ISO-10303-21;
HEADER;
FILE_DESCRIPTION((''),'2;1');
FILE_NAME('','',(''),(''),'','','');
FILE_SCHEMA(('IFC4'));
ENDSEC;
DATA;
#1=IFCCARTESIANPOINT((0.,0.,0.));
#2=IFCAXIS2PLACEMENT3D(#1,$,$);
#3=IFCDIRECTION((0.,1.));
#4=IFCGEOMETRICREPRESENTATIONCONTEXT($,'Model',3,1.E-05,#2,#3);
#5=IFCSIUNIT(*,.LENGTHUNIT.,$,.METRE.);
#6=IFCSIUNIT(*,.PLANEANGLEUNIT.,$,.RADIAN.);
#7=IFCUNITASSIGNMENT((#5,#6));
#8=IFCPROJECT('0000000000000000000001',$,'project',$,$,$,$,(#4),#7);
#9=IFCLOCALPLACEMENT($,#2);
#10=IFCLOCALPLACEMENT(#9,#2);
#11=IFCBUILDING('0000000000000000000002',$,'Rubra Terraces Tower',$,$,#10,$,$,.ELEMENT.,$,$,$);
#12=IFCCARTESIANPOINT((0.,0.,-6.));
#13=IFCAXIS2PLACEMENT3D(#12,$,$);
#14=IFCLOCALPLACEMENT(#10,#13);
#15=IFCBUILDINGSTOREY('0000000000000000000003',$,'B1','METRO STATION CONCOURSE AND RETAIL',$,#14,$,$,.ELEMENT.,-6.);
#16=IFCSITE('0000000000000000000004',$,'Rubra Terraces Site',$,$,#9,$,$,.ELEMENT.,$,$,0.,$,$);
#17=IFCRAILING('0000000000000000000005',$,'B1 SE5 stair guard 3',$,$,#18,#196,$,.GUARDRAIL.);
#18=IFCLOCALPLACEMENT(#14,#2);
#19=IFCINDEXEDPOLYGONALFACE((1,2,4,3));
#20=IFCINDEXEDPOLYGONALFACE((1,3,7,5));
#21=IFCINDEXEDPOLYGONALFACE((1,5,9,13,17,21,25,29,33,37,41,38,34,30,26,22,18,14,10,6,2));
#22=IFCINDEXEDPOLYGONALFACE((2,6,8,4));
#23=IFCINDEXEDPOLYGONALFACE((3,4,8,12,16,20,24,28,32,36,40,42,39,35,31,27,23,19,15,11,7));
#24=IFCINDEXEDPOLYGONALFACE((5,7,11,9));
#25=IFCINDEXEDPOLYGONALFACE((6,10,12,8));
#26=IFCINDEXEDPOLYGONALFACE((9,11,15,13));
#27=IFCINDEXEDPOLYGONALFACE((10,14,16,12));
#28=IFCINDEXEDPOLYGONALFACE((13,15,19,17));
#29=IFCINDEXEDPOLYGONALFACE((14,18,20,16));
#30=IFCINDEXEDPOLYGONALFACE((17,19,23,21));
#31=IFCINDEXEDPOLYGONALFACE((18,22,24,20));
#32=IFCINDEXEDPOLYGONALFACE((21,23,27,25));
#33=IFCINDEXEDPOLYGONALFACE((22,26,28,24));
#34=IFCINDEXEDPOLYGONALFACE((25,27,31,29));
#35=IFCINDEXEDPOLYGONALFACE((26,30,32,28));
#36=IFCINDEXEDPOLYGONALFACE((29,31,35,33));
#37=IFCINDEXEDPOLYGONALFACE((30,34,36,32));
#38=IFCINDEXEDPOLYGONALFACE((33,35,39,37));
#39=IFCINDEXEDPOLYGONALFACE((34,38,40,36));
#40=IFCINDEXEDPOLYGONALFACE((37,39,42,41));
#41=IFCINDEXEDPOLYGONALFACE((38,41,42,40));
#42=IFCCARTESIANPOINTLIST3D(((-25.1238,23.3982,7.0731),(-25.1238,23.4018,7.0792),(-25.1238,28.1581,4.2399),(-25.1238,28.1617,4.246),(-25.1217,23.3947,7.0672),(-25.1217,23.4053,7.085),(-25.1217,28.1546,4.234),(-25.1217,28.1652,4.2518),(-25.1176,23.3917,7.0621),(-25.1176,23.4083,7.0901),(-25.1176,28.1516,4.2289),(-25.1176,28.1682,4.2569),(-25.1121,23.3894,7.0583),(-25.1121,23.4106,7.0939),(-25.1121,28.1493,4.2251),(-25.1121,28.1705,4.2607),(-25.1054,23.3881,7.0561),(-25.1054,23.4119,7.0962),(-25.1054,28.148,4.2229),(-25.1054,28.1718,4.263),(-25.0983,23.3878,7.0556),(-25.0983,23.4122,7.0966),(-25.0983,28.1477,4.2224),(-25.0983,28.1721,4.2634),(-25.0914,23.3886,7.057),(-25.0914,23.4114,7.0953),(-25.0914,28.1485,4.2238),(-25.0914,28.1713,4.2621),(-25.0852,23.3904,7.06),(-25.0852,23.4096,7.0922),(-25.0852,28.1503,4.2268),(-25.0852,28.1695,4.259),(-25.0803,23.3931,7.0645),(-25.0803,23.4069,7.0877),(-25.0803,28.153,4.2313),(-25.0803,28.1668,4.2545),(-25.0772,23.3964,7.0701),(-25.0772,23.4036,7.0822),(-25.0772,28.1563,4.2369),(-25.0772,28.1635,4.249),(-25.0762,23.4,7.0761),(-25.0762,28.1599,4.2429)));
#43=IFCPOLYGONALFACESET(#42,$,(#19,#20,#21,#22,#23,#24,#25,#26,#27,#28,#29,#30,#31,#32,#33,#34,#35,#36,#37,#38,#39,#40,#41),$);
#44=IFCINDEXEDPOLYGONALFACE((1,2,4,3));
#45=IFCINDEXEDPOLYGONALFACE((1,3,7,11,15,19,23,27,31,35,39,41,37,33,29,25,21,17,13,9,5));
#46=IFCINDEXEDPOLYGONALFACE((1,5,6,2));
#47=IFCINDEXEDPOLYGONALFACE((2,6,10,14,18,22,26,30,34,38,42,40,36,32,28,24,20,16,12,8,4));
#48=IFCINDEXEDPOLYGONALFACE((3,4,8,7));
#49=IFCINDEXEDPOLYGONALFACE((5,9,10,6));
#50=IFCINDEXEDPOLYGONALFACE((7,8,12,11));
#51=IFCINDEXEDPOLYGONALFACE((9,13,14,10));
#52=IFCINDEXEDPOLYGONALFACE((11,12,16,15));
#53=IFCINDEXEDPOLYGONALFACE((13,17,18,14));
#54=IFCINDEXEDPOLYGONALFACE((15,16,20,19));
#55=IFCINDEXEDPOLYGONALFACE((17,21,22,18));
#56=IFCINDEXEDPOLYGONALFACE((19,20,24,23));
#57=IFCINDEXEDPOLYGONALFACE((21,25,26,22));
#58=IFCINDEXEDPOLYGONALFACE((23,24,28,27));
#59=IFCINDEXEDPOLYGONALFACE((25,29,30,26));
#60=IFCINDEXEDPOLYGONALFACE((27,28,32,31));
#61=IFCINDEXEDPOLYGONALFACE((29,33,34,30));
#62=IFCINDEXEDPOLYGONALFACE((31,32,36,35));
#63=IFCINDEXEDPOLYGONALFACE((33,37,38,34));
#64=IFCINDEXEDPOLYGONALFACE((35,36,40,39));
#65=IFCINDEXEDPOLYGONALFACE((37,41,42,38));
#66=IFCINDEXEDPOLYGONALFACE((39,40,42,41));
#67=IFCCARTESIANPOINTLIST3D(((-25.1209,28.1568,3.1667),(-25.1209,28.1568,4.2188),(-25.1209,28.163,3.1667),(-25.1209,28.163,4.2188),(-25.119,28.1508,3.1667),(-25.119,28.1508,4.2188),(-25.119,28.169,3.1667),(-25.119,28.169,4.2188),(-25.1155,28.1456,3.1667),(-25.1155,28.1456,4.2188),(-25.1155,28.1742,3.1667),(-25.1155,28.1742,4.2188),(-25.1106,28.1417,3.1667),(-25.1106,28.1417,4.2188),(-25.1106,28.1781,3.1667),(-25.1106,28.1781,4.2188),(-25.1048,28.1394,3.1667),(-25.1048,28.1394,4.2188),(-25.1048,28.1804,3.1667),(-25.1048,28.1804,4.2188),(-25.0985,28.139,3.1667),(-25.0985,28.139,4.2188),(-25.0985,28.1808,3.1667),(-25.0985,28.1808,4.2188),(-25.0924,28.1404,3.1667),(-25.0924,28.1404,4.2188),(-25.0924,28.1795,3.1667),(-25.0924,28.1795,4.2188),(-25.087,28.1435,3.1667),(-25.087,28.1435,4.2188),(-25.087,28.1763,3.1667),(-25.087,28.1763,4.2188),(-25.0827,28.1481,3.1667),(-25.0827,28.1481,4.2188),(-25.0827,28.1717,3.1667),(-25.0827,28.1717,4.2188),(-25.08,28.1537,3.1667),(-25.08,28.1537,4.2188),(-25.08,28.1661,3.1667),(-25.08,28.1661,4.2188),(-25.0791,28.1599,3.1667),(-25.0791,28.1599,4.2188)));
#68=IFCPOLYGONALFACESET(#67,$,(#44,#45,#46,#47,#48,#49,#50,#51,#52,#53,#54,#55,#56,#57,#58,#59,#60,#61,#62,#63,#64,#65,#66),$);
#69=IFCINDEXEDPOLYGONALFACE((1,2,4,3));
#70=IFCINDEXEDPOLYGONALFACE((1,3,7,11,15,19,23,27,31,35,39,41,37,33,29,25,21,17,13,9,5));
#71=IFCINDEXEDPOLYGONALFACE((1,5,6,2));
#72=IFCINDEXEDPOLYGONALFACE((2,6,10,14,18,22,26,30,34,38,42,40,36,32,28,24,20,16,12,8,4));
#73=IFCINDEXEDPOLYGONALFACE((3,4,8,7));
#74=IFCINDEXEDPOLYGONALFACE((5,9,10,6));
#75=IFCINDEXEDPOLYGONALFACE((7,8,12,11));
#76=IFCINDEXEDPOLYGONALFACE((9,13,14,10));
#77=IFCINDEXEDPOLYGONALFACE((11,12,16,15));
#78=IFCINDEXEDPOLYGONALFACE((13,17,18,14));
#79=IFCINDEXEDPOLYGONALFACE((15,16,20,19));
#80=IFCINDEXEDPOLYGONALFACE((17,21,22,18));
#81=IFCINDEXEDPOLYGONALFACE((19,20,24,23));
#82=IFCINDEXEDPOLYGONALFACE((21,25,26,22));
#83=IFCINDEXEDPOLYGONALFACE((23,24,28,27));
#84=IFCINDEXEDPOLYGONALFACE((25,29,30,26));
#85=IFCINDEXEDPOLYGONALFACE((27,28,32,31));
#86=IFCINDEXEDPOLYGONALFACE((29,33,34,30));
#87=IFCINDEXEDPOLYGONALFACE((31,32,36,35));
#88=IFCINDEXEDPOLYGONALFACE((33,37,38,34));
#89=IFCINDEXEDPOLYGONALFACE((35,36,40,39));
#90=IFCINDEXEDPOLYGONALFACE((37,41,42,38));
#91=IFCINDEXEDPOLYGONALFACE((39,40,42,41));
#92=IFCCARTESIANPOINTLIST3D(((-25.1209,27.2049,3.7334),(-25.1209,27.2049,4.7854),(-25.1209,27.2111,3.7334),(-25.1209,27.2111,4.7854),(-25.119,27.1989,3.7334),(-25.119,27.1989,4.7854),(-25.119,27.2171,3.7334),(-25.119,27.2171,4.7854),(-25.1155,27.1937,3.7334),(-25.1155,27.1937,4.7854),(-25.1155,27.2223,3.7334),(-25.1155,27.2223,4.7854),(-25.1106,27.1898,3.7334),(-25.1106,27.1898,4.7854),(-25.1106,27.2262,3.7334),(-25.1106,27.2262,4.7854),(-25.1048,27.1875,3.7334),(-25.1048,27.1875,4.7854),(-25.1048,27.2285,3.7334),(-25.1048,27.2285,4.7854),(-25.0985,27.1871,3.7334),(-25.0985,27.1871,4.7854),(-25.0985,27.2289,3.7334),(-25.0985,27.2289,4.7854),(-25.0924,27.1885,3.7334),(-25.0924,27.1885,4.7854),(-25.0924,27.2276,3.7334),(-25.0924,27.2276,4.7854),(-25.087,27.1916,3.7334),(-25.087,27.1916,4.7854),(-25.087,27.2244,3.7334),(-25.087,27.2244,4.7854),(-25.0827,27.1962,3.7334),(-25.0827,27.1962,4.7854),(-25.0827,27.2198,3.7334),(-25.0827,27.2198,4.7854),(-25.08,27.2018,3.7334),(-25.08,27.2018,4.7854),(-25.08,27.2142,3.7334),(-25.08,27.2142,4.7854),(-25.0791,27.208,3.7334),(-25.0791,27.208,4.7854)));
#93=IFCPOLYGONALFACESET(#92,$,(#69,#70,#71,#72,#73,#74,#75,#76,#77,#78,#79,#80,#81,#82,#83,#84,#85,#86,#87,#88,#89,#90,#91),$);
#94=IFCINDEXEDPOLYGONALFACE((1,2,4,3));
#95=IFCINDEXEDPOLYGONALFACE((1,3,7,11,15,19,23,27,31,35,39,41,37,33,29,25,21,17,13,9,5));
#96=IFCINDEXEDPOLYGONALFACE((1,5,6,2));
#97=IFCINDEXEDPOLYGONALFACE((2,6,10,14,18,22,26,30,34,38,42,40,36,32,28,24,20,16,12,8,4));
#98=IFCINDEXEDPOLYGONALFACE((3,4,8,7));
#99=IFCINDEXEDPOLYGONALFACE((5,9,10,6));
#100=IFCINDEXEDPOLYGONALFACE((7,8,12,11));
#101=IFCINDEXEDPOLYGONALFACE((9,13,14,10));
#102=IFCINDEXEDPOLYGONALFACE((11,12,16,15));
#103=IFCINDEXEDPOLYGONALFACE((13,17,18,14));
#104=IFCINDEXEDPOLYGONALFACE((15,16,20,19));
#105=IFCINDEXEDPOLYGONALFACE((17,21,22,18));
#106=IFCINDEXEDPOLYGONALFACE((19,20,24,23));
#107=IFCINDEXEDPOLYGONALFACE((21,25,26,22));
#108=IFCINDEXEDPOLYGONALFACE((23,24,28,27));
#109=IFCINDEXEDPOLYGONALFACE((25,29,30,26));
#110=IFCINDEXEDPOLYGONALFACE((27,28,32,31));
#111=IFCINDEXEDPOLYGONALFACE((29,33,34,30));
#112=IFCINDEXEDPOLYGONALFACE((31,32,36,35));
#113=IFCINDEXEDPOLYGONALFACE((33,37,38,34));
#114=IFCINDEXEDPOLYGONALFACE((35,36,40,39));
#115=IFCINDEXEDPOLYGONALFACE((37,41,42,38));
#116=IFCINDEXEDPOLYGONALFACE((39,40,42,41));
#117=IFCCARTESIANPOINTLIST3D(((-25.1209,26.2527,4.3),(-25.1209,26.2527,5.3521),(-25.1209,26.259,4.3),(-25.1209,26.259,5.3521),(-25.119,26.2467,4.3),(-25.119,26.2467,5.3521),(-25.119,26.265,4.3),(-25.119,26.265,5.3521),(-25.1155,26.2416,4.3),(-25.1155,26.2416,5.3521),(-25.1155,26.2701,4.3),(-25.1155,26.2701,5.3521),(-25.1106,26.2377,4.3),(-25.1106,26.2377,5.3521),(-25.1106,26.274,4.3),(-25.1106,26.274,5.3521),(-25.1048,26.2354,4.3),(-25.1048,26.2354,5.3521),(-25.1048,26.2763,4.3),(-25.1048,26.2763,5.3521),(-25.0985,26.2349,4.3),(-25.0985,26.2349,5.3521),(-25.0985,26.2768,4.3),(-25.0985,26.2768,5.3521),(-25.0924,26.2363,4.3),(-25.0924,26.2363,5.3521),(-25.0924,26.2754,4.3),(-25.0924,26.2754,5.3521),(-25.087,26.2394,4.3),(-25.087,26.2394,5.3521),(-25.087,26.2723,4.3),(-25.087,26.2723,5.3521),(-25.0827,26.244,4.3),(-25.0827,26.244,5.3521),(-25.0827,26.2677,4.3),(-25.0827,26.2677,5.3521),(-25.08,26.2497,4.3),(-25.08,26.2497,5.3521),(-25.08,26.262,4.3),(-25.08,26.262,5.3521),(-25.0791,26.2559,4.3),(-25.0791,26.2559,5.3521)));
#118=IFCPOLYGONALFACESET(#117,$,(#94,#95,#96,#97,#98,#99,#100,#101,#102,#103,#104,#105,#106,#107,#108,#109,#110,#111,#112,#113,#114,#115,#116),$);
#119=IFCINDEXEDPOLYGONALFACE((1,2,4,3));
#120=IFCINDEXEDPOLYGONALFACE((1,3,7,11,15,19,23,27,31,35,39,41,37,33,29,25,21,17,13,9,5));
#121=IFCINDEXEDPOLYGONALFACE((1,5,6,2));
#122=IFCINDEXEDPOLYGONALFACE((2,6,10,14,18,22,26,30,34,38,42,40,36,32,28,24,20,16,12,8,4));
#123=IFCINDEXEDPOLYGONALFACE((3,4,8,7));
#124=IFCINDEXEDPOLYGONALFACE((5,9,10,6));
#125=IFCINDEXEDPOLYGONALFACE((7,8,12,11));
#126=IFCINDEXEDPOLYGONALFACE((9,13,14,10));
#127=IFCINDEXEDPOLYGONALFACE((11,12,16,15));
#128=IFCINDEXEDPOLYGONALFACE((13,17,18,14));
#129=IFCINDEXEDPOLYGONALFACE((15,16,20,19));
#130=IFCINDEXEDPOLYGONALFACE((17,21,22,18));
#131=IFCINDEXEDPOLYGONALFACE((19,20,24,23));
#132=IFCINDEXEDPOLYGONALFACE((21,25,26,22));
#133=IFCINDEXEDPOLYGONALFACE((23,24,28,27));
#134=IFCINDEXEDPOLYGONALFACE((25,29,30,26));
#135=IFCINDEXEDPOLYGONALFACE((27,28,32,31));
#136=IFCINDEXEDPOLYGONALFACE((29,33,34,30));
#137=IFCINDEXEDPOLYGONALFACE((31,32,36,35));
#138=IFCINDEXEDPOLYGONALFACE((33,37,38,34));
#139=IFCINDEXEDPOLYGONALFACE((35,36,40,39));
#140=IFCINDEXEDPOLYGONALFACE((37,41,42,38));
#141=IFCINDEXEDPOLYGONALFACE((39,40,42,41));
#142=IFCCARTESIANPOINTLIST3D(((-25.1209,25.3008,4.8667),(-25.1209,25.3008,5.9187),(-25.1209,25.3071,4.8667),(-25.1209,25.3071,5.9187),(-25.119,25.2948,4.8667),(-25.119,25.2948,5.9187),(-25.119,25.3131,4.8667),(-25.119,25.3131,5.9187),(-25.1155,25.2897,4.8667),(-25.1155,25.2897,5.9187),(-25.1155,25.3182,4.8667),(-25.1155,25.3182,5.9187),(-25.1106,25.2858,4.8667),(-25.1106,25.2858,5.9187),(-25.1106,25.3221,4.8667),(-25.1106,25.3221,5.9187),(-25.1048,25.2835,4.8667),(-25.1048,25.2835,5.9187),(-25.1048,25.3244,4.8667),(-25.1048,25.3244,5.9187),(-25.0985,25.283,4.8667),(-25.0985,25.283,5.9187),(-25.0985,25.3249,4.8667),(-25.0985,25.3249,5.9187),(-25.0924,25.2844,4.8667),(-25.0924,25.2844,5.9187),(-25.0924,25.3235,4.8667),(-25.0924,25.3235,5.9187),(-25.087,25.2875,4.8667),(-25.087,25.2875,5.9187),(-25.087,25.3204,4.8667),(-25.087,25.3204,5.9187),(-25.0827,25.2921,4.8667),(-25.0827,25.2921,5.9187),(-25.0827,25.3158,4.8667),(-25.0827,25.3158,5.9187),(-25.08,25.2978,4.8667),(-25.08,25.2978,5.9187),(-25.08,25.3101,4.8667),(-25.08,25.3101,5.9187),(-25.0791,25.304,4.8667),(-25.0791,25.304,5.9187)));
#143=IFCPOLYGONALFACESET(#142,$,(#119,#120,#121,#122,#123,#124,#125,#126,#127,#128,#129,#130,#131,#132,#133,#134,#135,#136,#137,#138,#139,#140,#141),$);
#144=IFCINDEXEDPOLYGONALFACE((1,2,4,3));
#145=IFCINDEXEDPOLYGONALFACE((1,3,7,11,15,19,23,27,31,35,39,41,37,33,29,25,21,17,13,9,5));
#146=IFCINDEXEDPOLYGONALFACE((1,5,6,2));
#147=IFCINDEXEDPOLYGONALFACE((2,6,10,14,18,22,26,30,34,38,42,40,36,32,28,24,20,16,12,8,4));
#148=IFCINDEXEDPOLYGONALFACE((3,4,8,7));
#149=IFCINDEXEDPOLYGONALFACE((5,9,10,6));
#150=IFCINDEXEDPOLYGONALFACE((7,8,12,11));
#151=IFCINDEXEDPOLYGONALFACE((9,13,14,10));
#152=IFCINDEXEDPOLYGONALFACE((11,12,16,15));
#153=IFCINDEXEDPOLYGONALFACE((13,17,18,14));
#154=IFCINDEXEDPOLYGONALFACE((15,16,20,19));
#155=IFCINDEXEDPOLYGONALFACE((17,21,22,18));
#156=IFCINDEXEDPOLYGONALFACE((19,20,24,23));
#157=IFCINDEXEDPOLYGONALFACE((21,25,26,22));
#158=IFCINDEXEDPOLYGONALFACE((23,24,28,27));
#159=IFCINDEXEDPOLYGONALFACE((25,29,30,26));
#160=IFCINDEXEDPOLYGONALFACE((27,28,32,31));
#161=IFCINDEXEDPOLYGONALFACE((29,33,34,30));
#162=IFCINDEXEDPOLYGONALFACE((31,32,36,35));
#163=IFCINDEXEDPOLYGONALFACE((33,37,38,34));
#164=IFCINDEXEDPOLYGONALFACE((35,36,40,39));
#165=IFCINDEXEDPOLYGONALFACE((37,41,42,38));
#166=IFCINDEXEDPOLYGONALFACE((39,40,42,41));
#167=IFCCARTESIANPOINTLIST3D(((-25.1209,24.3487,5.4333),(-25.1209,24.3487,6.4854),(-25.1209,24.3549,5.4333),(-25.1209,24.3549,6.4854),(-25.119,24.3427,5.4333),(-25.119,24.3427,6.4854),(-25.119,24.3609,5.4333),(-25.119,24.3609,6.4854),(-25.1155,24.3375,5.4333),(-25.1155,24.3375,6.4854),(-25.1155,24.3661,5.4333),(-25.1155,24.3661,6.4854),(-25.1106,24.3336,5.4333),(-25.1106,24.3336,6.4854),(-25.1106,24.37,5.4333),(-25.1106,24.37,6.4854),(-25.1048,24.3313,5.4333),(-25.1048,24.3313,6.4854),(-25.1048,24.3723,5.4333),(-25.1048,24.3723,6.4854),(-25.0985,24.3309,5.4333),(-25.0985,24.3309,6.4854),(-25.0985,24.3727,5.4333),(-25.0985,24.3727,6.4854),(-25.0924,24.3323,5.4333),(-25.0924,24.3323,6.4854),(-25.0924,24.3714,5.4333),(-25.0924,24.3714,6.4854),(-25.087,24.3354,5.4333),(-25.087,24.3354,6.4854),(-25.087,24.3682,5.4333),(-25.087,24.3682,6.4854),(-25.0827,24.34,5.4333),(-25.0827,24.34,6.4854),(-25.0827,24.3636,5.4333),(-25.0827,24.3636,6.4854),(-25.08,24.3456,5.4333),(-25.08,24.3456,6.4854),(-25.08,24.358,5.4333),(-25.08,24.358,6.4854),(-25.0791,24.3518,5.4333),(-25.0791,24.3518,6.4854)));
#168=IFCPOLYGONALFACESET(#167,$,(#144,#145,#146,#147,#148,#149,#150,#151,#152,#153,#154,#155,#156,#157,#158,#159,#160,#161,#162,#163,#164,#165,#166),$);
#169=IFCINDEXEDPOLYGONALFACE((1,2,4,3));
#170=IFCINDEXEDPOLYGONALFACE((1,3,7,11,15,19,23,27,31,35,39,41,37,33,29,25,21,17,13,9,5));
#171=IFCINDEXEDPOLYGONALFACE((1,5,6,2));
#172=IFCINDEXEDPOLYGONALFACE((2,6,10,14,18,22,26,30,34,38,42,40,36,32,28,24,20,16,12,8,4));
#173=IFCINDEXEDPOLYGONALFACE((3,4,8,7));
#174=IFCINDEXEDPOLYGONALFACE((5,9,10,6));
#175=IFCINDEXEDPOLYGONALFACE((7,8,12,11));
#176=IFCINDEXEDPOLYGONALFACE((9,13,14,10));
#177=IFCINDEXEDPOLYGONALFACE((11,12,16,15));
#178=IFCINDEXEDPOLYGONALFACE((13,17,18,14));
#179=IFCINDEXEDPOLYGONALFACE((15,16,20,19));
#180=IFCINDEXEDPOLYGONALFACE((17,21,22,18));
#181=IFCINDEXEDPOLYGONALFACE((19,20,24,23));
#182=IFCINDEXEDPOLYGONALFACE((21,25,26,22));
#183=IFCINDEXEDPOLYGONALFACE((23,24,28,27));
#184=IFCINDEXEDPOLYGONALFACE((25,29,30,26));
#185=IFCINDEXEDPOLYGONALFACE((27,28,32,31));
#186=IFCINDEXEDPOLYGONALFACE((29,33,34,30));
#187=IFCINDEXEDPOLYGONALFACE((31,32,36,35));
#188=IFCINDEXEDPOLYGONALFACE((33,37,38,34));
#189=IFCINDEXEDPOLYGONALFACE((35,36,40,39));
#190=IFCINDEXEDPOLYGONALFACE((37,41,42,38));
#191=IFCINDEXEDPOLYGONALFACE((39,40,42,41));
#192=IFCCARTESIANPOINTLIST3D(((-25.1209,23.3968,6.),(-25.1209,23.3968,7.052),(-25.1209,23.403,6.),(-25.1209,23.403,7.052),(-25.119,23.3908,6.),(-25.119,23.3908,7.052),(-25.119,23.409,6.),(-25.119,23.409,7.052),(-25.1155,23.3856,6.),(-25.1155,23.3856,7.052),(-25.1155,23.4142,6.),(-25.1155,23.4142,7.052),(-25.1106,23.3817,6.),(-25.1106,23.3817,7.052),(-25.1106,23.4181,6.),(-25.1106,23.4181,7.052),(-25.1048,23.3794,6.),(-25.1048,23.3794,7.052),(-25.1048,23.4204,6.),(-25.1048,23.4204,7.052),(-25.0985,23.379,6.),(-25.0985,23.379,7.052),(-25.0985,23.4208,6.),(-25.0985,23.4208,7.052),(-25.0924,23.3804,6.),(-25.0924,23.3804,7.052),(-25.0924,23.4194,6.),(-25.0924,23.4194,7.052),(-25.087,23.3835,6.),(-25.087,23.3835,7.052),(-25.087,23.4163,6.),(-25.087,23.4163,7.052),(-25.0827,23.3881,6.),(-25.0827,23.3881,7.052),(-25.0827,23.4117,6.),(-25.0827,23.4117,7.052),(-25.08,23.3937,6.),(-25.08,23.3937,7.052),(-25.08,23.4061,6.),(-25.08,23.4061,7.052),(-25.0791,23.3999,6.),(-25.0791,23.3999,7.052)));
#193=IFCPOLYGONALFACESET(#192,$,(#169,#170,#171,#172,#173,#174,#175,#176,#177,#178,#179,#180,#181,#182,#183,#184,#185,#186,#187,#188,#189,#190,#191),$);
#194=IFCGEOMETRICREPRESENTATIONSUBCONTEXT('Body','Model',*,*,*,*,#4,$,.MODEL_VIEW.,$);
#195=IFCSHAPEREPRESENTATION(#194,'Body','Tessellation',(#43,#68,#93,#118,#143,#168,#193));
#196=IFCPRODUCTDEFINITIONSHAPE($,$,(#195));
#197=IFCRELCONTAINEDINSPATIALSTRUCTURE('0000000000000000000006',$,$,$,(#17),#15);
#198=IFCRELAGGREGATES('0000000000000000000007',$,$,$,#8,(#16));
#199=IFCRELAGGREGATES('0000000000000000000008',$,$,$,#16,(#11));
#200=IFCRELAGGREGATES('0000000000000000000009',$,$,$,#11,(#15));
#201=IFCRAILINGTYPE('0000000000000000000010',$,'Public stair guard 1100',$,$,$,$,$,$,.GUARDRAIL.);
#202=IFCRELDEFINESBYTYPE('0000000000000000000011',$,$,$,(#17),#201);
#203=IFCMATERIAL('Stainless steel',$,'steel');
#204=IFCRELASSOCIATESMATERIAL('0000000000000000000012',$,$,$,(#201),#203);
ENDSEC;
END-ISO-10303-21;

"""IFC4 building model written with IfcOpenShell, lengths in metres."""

from ifc_helpers import new_model, si_unit, direction, frame, origin, origin_2d, place, context, subcontext, project, spatial, circle, extrude, material, type_object, element, save


model = new_model("IFC4")

# Units and contexts
model_context = context("Model", 3, precision=1e-05, world=origin(), true_north=direction((0.0, 1.0)))
body_context = subcontext(model_context, "Body", "Model", "MODEL_VIEW")
ifc_project = project(units=[si_unit("LENGTHUNIT", "METRE"), si_unit("PLANEANGLEUNIT", "RADIAN")], contexts=[model_context])

# Site, building, storey
site_placement = place(None, origin())
site = spatial("IfcSite", under=ifc_project, at=site_placement, Name="Rubra Terraces Site", CompositionType="ELEMENT", RefElevation=0.0)
building_placement = place(site_placement, origin())
building = spatial("IfcBuilding", under=site, at=building_placement, Name="Rubra Terraces Tower", CompositionType="ELEMENT")
storey_placement = place(building_placement, frame((0.0, 0.0, -6.0)))
storey = spatial("IfcBuildingStorey", under=building, at=storey_placement, Name="B1", Description="METRO STATION CONCOURSE AND RETAIL", CompositionType="ELEMENT", Elevation=-6.0)

# Railing
ifc_material_1 = material(Name="Stainless steel", Category="steel")
railing_type_1 = type_object("IfcRailingType", Name="Public stair guard 1100", PredefinedType="GUARDRAIL", material=ifc_material_1)
railing_1_placement = place(storey_placement, frame((-25.1001, 28.1599, 3.1667)))
element("IfcRailing", 1, at=railing_1_placement, inside=storey, type_object=railing_type_1, Name="B1 SE5 stair guard 3", PredefinedType="GUARDRAIL", context=body_context, shape_type="SweptSolid", body=[
    extrude(circle(Radius=0.0239, at=origin_2d()), frame((0.0, 0.0, 1.0762), z_axis=(0.0, -0.8593, 0.511472), x_axis=(1.0, 0.0, 0.0)), (0.0, 0.0, 1.0), 5.5393),
    extrude(circle(Radius=0.021, at=origin_2d()), origin(), (0.0, 0.0, 1.0), 1.052),
    extrude(circle(Radius=0.021, at=origin_2d()), frame((0.0, -0.9519, 0.5667)), (0.0, 0.0, 1.0), 1.052),
    extrude(circle(Radius=0.021, at=origin_2d()), frame((0.0, -1.9041, 1.1333)), (0.0, 0.0, 1.0), 1.052),
    extrude(circle(Radius=0.021, at=origin_2d()), frame((0.0, -2.856, 1.7)), (0.0, 0.0, 1.0), 1.052),
    extrude(circle(Radius=0.021, at=origin_2d()), frame((0.0, -3.8081, 2.2666)), (0.0, 0.0, 1.0), 1.052),
    extrude(circle(Radius=0.021, at=origin_2d()), frame((0.0, -4.76, 2.8333)), (0.0, 0.0, 1.0), 1.052),
])

save(model, "model.ifc")
